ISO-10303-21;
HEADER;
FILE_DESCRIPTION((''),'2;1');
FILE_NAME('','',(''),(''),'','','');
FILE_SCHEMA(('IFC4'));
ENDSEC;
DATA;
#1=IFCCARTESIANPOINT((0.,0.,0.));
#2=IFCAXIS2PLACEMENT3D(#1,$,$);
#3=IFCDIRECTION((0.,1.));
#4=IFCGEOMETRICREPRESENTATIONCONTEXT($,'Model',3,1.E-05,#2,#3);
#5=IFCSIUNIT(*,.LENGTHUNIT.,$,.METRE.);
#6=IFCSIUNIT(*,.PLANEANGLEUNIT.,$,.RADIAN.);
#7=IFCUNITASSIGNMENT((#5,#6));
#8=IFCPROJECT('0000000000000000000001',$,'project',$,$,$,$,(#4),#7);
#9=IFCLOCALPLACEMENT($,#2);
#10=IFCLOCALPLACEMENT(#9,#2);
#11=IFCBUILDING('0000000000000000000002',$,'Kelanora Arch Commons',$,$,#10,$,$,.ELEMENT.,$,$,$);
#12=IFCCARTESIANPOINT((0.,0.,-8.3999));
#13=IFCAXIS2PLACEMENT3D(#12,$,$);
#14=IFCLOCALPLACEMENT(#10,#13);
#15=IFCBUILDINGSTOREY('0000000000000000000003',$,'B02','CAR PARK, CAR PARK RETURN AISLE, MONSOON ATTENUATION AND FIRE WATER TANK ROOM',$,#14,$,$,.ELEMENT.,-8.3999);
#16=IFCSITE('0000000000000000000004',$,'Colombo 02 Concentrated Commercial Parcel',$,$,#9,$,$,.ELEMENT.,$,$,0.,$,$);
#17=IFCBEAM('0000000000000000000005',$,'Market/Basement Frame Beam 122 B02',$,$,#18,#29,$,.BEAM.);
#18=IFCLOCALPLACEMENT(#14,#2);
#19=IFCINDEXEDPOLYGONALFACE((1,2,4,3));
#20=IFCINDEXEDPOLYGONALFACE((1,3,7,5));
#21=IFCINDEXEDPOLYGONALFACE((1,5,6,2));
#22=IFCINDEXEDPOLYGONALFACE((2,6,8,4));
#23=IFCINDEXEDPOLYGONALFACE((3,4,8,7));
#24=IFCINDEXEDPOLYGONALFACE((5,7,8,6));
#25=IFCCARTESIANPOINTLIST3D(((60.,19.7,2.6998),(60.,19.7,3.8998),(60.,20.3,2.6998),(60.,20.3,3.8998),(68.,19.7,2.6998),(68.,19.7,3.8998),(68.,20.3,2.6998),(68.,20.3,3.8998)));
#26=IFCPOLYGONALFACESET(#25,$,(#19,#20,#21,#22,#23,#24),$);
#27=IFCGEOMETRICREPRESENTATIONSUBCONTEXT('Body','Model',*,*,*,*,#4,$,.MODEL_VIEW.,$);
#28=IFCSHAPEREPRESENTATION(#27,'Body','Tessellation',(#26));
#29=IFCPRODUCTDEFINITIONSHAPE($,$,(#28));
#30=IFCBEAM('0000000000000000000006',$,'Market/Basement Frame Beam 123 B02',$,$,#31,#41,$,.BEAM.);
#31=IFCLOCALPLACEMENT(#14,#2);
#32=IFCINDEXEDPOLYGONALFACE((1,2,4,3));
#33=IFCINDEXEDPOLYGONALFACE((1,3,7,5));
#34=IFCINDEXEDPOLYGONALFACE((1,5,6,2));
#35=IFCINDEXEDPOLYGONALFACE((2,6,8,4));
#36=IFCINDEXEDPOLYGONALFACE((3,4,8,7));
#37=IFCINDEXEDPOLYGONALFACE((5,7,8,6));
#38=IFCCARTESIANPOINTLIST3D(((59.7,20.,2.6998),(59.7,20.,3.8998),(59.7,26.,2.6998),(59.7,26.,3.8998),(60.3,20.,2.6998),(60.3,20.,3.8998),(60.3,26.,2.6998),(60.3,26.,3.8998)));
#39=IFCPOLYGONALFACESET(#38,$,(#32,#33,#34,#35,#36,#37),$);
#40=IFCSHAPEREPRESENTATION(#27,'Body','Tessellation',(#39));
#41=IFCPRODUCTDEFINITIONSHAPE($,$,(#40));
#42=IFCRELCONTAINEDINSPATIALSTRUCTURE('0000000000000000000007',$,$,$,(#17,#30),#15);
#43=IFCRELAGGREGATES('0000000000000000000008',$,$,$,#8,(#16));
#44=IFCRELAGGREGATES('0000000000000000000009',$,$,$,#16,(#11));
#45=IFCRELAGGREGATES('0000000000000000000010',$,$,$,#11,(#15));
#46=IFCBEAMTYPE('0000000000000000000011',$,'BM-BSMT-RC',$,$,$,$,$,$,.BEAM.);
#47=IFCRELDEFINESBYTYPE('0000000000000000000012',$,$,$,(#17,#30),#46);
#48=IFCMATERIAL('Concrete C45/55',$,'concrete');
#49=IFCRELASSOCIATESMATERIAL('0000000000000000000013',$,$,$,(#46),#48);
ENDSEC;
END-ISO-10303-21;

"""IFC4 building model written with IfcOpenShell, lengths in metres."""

from ifc_helpers import new_model, si_unit, direction, frame, origin, origin_2d, place, context, subcontext, project, spatial, rectangle, extrude, material, material_profile, profile_set, type_object, element, save


model = new_model("IFC4")

# Units and contexts
model_context = context("Model", 3, precision=1e-05, world=origin(), true_north=direction((0.0, 1.0)))
body_context = subcontext(model_context, "Body", "Model", "MODEL_VIEW")
ifc_project = project(units=[si_unit("LENGTHUNIT", "METRE"), si_unit("PLANEANGLEUNIT", "RADIAN")], contexts=[model_context])

# Site, building, storey
site_placement = place(None, origin())
site = spatial("IfcSite", under=ifc_project, at=site_placement, Name="Colombo 02 Concentrated Commercial Parcel", CompositionType="ELEMENT", RefElevation=0.0)
building_placement = place(site_placement, origin())
building = spatial("IfcBuilding", under=site, at=building_placement, Name="Kelanora Arch Commons", CompositionType="ELEMENT")
storey_placement = place(building_placement, frame((0.0, 0.0, -8.3999)))
storey = spatial("IfcBuildingStorey", under=building, at=storey_placement, Name="B02", Description="CAR PARK, CAR PARK RETURN AISLE, MONSOON ATTENUATION AND FIRE WATER TANK ROOM", CompositionType="ELEMENT", Elevation=-8.3999)

# Shared definitions
ifc_material_1 = material(Name="Concrete C45/55", Category="concrete")

# Beams
ifc_material_profile_1 = material_profile(ifc_material_1, rectangle(XDim=0.6001, YDim=1.2, at=origin_2d()), Name="RCB600x1200")
ifc_profile_set_1 = profile_set([ifc_material_profile_1], Name="Concrete C45/55")
beam_type = type_object("IfcBeamType", Name="BM-BSMT-RC", PredefinedType="BEAM", material=ifc_profile_set_1)
beam_1_placement = place(storey_placement, frame((60.0, 20.0, 3.2998), z_axis=(1.0, 0.0, 0.0), x_axis=(0.0, 1.0, 0.0)))
element("IfcBeam", 1, at=beam_1_placement, inside=storey, type_object=beam_type, Name="Market/Basement Frame Beam 122 B02", PredefinedType="BEAM", context=body_context, shape_type="SweptSolid", body=[
    extrude(rectangle(XDim=0.6001, YDim=1.2, at=origin_2d()), origin(), (0.0, 0.0, 1.0), 8.0),
])
beam_2_placement = place(storey_placement, frame((60.0, 20.0, 3.2998), z_axis=(0.0, 1.0, 0.0), x_axis=(-1.0, 0.0, 0.0)))
element("IfcBeam", 2, at=beam_2_placement, inside=storey, type_object=beam_type, Name="Market/Basement Frame Beam 123 B02", PredefinedType="BEAM", context=body_context, shape_type="SweptSolid", body=[
    extrude(rectangle(XDim=0.6001, YDim=1.2, at=origin_2d()), origin(), (0.0, 0.0, 1.0), 6.0),
])

save(model, "model.ifc")
